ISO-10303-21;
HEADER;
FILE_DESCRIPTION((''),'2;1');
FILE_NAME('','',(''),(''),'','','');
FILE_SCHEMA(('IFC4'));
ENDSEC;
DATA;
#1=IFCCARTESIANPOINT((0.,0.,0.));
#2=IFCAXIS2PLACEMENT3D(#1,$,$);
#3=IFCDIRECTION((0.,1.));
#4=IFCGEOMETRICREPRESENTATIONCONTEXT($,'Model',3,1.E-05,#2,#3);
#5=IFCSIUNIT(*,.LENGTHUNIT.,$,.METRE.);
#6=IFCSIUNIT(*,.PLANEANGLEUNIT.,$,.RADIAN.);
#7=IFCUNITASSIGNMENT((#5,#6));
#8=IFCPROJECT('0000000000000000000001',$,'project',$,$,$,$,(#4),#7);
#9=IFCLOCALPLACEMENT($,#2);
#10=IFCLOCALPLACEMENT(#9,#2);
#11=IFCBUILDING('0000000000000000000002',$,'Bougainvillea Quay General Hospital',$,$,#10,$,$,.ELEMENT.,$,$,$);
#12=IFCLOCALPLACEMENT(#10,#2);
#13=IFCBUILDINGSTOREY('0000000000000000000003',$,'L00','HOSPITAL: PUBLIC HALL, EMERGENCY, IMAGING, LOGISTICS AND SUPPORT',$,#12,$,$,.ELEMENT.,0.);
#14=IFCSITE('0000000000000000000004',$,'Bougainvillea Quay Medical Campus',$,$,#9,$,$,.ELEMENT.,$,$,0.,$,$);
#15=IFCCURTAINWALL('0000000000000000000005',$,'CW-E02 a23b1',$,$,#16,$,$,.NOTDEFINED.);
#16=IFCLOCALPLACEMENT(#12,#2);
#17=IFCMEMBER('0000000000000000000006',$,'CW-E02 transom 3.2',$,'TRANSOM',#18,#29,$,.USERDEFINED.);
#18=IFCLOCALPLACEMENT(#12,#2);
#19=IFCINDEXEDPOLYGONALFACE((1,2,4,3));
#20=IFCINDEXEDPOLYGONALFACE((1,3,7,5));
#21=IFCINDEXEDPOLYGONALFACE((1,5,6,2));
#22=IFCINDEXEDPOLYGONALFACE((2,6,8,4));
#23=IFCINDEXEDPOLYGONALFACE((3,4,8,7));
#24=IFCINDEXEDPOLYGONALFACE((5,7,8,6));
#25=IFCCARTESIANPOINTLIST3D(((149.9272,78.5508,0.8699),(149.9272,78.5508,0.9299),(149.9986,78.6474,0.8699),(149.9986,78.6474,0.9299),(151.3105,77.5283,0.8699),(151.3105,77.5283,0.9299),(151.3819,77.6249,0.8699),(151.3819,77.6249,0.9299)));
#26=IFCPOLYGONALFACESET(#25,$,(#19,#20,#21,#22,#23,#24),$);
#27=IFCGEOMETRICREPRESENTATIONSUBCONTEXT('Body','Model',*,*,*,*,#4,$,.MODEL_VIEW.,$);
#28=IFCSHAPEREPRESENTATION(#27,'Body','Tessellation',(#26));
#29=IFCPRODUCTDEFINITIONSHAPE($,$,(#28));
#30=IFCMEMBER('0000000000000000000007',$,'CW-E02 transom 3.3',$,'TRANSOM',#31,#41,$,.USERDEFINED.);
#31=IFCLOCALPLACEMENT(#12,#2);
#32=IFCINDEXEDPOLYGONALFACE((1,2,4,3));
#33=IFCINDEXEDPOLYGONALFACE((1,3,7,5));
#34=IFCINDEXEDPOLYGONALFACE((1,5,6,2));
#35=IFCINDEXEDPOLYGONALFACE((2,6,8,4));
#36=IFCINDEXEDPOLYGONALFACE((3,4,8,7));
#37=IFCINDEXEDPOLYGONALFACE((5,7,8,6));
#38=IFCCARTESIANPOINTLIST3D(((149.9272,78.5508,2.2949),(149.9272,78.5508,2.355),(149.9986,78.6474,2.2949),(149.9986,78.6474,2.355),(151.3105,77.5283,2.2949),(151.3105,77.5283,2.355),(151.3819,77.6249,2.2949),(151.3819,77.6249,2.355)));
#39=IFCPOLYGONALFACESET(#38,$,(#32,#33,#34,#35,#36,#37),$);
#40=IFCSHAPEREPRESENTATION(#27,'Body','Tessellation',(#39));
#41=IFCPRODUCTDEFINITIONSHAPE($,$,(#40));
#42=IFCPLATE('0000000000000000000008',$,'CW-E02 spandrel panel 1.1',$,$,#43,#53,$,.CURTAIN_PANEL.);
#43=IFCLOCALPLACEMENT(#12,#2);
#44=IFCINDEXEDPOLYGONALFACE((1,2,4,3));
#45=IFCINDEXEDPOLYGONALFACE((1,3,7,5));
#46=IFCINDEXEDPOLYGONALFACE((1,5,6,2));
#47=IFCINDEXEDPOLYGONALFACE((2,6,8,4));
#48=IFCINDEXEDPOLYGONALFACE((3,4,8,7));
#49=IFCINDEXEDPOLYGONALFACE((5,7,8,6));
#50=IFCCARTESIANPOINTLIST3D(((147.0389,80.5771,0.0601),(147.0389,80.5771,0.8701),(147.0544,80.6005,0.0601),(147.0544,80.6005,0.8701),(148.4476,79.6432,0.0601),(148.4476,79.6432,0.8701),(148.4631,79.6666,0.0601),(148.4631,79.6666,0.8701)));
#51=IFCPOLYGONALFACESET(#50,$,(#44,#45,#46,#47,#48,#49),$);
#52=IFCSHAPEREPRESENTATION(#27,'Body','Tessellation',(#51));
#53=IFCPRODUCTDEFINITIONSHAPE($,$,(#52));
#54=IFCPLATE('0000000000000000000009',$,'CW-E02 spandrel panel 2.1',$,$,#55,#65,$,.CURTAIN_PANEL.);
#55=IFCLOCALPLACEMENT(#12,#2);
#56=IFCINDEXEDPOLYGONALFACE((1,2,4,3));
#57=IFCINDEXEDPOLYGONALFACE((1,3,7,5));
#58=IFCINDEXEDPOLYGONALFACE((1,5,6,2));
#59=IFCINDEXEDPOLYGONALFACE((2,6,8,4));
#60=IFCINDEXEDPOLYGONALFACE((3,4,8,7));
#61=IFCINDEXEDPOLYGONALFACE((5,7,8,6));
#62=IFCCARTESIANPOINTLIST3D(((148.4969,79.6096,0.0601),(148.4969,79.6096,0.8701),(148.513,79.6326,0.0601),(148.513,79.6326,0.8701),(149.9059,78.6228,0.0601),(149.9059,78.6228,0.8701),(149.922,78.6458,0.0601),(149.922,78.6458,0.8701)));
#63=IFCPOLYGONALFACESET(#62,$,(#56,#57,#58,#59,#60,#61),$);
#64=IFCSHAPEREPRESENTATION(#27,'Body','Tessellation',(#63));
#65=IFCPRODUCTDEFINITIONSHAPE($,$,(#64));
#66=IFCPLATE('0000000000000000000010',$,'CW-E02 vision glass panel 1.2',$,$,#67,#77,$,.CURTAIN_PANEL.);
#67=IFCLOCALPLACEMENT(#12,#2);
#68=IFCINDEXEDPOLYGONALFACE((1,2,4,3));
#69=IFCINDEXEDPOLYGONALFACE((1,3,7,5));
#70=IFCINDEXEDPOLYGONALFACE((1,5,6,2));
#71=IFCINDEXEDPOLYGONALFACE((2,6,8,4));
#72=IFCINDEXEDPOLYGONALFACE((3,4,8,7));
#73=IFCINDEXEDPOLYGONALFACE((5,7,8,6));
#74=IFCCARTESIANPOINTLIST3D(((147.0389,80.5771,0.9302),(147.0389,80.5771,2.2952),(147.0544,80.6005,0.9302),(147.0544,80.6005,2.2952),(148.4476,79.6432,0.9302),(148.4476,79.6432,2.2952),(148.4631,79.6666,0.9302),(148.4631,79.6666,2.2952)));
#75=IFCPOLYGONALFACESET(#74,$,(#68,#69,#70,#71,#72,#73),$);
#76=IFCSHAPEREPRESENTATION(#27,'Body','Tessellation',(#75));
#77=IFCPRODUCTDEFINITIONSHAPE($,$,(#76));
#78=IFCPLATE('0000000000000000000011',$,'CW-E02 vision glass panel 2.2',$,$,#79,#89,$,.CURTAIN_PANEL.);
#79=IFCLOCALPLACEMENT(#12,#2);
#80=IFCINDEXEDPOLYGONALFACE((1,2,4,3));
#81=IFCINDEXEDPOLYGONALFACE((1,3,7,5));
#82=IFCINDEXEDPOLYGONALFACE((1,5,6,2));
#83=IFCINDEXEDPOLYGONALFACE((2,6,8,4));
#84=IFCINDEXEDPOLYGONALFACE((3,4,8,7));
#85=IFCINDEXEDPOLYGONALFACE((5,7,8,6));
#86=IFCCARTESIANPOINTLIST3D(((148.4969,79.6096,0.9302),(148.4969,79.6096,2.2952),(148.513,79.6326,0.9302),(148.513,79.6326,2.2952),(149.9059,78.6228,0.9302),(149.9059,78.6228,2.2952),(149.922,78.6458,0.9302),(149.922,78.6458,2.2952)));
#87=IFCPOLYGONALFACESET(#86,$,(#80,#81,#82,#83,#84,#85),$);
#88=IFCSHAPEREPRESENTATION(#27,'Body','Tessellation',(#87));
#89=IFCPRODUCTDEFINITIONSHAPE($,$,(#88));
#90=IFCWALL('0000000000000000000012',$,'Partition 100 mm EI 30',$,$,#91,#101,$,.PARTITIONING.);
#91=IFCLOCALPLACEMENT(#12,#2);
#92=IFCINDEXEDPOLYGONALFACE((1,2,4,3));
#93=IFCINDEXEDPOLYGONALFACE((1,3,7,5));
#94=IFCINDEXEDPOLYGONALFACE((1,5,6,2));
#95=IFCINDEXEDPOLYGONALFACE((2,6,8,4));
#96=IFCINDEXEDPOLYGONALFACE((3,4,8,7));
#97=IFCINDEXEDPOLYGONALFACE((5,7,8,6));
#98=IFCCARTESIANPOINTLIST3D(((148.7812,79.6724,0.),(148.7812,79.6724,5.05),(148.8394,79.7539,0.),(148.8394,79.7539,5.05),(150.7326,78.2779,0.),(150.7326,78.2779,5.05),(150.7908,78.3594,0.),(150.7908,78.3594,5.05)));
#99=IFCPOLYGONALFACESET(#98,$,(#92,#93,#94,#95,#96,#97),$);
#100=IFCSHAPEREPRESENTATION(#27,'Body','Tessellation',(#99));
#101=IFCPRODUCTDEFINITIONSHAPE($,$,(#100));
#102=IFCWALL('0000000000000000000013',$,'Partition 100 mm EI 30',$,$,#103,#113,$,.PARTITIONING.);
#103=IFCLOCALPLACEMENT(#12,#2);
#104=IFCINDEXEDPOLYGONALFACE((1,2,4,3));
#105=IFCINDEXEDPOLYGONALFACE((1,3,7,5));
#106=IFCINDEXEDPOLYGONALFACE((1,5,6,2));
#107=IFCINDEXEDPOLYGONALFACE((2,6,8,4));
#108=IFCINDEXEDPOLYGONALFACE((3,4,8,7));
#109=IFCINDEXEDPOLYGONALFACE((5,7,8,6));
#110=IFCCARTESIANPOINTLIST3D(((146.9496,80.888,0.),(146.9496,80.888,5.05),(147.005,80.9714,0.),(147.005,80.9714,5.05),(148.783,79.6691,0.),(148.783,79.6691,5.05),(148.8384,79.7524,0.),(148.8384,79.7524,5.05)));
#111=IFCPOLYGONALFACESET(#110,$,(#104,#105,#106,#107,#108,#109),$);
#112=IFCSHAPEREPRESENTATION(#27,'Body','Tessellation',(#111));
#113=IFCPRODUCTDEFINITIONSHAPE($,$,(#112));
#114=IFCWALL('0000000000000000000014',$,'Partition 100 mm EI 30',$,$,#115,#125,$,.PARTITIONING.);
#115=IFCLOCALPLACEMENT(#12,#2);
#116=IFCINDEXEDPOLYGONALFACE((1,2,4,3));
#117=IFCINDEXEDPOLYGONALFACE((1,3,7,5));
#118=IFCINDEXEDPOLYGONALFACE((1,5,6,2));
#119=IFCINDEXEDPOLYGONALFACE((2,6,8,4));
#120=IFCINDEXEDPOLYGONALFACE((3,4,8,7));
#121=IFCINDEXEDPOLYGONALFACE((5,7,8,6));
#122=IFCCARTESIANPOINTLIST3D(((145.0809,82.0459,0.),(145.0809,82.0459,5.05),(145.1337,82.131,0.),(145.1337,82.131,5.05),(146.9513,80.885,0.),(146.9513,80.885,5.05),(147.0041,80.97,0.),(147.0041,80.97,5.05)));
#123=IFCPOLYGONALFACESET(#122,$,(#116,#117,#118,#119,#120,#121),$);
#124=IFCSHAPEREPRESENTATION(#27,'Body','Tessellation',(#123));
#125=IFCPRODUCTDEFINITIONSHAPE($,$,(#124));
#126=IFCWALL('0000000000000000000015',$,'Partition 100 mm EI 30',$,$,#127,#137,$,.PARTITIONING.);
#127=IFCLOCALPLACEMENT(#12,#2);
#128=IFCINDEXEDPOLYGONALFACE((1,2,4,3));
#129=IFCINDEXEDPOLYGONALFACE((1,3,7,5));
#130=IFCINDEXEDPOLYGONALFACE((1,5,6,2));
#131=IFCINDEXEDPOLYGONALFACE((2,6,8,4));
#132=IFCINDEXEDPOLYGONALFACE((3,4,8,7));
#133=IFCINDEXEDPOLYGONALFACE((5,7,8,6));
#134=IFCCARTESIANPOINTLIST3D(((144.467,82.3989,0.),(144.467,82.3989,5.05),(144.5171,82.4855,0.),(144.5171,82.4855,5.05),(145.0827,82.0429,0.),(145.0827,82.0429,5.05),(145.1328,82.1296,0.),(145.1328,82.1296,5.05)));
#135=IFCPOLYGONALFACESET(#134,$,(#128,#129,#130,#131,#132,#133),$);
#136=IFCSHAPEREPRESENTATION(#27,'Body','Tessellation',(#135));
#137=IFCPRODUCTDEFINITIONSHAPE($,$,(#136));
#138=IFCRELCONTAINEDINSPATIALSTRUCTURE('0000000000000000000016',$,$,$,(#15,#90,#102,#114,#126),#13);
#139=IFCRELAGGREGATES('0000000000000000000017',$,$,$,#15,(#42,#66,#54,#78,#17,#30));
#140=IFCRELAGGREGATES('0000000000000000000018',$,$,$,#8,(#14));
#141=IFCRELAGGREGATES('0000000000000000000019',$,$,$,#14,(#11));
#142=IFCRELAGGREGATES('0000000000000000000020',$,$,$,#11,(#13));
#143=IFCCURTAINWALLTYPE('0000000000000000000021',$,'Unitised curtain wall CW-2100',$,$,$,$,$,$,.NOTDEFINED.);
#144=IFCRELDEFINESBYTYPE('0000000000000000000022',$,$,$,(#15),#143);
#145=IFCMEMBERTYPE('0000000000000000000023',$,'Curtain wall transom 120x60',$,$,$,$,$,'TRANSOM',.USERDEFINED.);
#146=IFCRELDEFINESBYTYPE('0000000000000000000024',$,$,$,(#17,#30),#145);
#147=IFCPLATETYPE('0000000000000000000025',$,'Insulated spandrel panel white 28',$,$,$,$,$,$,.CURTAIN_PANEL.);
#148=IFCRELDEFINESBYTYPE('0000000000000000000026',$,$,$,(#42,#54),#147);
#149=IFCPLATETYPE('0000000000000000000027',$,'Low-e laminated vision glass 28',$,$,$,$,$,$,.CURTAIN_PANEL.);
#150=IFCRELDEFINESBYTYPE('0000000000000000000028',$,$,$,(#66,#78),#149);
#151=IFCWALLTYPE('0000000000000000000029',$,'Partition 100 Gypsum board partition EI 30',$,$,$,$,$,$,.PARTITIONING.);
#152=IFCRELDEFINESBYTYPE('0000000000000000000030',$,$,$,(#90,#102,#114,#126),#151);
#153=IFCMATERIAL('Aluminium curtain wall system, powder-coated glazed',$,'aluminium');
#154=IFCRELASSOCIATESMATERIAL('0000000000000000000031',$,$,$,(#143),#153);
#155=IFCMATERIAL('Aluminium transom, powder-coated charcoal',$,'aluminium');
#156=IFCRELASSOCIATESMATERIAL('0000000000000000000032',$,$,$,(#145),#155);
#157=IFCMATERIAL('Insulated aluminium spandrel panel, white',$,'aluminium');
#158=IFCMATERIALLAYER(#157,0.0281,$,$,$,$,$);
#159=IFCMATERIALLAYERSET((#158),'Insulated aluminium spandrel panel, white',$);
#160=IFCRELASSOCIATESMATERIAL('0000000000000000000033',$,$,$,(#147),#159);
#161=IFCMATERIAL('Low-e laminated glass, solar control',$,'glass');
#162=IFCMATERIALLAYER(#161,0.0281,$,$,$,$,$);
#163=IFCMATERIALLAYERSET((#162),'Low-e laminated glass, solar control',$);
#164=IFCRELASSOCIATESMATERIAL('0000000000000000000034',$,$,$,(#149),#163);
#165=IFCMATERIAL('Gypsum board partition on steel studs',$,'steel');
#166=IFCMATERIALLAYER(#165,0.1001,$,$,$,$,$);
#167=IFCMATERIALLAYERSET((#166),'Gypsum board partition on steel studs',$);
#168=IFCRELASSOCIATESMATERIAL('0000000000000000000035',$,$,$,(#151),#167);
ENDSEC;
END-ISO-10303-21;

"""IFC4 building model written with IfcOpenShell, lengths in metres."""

from ifc_helpers import new_model, si_unit, direction, frame, frame_2d, origin, origin_2d, place, context, subcontext, project, spatial, rectangle, extrude, material, layer, layer_set, material_profile, profile_set, type_object, element, aggregate, save


model = new_model("IFC4")

# Units and contexts
model_context = context("Model", 3, precision=1e-05, world=origin(), true_north=direction((0.0, 1.0)))
body_context = subcontext(model_context, "Body", "Model", "MODEL_VIEW")
ifc_project = project(units=[si_unit("LENGTHUNIT", "METRE"), si_unit("PLANEANGLEUNIT", "RADIAN")], contexts=[model_context])

# Site, building, storey
site_placement = place(None, origin())
site = spatial("IfcSite", under=ifc_project, at=site_placement, Name="Bougainvillea Quay Medical Campus", CompositionType="ELEMENT", RefElevation=0.0)
building_placement = place(site_placement, origin())
building = spatial("IfcBuilding", under=site, at=building_placement, Name="Bougainvillea Quay General Hospital", CompositionType="ELEMENT")
storey_placement = place(building_placement, origin())
storey = spatial("IfcBuildingStorey", under=building, at=storey_placement, Name="L00", Description="HOSPITAL: PUBLIC HALL, EMERGENCY, IMAGING, LOGISTICS AND SUPPORT", CompositionType="ELEMENT", Elevation=0.0)

# Curtain wall, members, plates
ifc_material_1 = material(Name="Aluminium curtain wall system, powder-coated glazed", Category="aluminium")
curtain_wall_type = type_object("IfcCurtainWallType", Name="Unitised curtain wall CW-2100", PredefinedType="NOTDEFINED", material=ifc_material_1)
curtain_wall_placement = place(storey_placement, origin())
curtain_wall = element("IfcCurtainWall", 1, at=curtain_wall_placement, inside=storey, type_object=curtain_wall_type, Name="CW-E02 a23b1", PredefinedType="NOTDEFINED")
ifc_material_2 = material(Name="Aluminium transom, powder-coated charcoal", Category="aluminium")
ifc_material_profile_1 = material_profile(ifc_material_2, rectangle(XDim=0.1201, YDim=0.0601, at=origin_2d()))
ifc_profile_set_1 = profile_set([ifc_material_profile_1], Name="Aluminium transom, powder-coated charcoal")
member_type_1 = type_object("IfcMemberType", Name="Curtain wall transom 120x60", ElementType="TRANSOM", PredefinedType="USERDEFINED", material=ifc_profile_set_1)
member_1_placement = place(storey_placement, frame((149.9629, 78.5991, 0.8999), z_axis=(0.80417, -0.594399, 0.0), x_axis=(0.594399, 0.80417, 0.0)))
member_1 = element("IfcMember", 2, at=member_1_placement, type_object=member_type_1, Name="CW-E02 transom 3.2", ObjectType="TRANSOM", PredefinedType="USERDEFINED", context=body_context, shape_type="SweptSolid", body=[
    extrude(rectangle(XDim=0.1201, YDim=0.0601, at=origin_2d()), origin(), (0.0, 0.0, 1.0), 1.7202),
])
member_2_placement = place(storey_placement, frame((149.9629, 78.5991, 2.325), z_axis=(0.80417, -0.594399, 0.0), x_axis=(0.594399, 0.80417, 0.0)))
member_2 = element("IfcMember", 3, at=member_2_placement, type_object=member_type_1, Name="CW-E02 transom 3.3", ObjectType="TRANSOM", PredefinedType="USERDEFINED", context=body_context, shape_type="SweptSolid", body=[
    extrude(rectangle(XDim=0.1201, YDim=0.0601, at=origin_2d()), origin(), (0.0, 0.0, 1.0), 1.7202),
])
ifc_material_3 = material(Name="Insulated aluminium spandrel panel, white", Category="aluminium")
ifc_layer_1 = layer(ifc_material_3, 0.0281)
ifc_layer_set_1 = layer_set([ifc_layer_1], Name="Insulated aluminium spandrel panel, white")
plate_type_1 = type_object("IfcPlateType", Name="Insulated spandrel panel white 28", PredefinedType="CURTAIN_PANEL", material=ifc_layer_set_1)
plate_1_placement = place(storey_placement, frame((147.751, 80.1218, 0.0601), z_axis=(0.0, 0.0, 1.0), x_axis=(0.833469, -0.552566, 0.0)))
plate_1 = element("IfcPlate", 4, at=plate_1_placement, type_object=plate_type_1, Name="CW-E02 spandrel panel 1.1", PredefinedType="CURTAIN_PANEL", context=body_context, shape_type="SweptSolid", body=[
    extrude(rectangle(XDim=1.6902, YDim=0.0281, at=origin_2d()), origin(), (0.0, 0.0, 1.0), 0.8101),
])
plate_2_placement = place(storey_placement, frame((149.2095, 79.1277, 0.0601), z_axis=(0.0, 0.0, 1.0), x_axis=(0.819096, -0.573656, 0.0)))
plate_2 = element("IfcPlate", 5, at=plate_2_placement, type_object=plate_type_1, Name="CW-E02 spandrel panel 2.1", PredefinedType="CURTAIN_PANEL", context=body_context, shape_type="SweptSolid", body=[
    extrude(rectangle(XDim=1.7202, YDim=0.0281, at=origin_2d()), origin(), (0.0, 0.0, 1.0), 0.8101),
])
ifc_material_4 = material(Name="Low-e laminated glass, solar control", Category="glass")
ifc_layer_2 = layer(ifc_material_4, 0.0281)
ifc_layer_set_2 = layer_set([ifc_layer_2], Name="Low-e laminated glass, solar control")
plate_type_2 = type_object("IfcPlateType", Name="Low-e laminated vision glass 28", PredefinedType="CURTAIN_PANEL", material=ifc_layer_set_2)
plate_3_placement = place(storey_placement, frame((147.751, 80.1218, 0.9302), z_axis=(0.0, 0.0, 1.0), x_axis=(0.833469, -0.552566, 0.0)))
plate_3 = element("IfcPlate", 6, at=plate_3_placement, type_object=plate_type_2, Name="CW-E02 vision glass panel 1.2", PredefinedType="CURTAIN_PANEL", context=body_context, shape_type="SweptSolid", body=[
    extrude(rectangle(XDim=1.6902, YDim=0.0281, at=origin_2d()), origin(), (0.0, 0.0, 1.0), 1.365),
])
plate_4_placement = place(storey_placement, frame((149.2095, 79.1277, 0.9302), z_axis=(0.0, 0.0, 1.0), x_axis=(0.819096, -0.573656, 0.0)))
plate_4 = element("IfcPlate", 7, at=plate_4_placement, type_object=plate_type_2, Name="CW-E02 vision glass panel 2.2", PredefinedType="CURTAIN_PANEL", context=body_context, shape_type="SweptSolid", body=[
    extrude(rectangle(XDim=1.7202, YDim=0.0281, at=origin_2d()), origin(), (0.0, 0.0, 1.0), 1.365),
])
aggregate(curtain_wall, [plate_1, plate_3, plate_2, plate_4, member_1, member_2])

# Walls
ifc_material_5 = material(Name="Gypsum board partition on steel studs", Category="steel")
ifc_layer_3 = layer(ifc_material_5, 0.1001)
ifc_layer_set_3 = layer_set([ifc_layer_3], Name="Gypsum board partition on steel studs")
wall_type = type_object("IfcWallType", Name="Partition 100 Gypsum board partition EI 30", PredefinedType="PARTITIONING", material=ifc_layer_set_3)
wall_1_placement = place(storey_placement, frame((148.8103, 79.7131, 0.0), z_axis=(0.0, 0.0, 1.0), x_axis=(0.813603, -0.581421, 0.0)))
element("IfcWall", 8, at=wall_1_placement, inside=storey, type_object=wall_type, Name="Partition 100 mm EI 30", PredefinedType="PARTITIONING", context=body_context, shape_type="SweptSolid", body=[
    extrude(rectangle(XDim=2.3984, YDim=0.1001, at=frame_2d((1.1992, 0.0))), origin(), (0.0, 0.0, 1.0), 5.05),
])
wall_2_placement = place(storey_placement, frame((146.9773, 80.9297, 0.0), z_axis=(0.0, 0.0, 1.0), x_axis=(0.832749, -0.553651, 0.0)))
element("IfcWall", 9, at=wall_2_placement, inside=storey, type_object=wall_type, Name="Partition 100 mm EI 30", PredefinedType="PARTITIONING", context=body_context, shape_type="SweptSolid", body=[
    extrude(rectangle(XDim=2.2017, YDim=0.1001, at=frame_2d((1.1008, 0.0))), origin(), (0.0, 0.0, 1.0), 5.05),
])
wall_3_placement = place(storey_placement, frame((145.1074, 82.0884, 0.0), z_axis=(0.0, 0.0, 1.0), x_axis=(0.849645, -0.527355, 0.0)))
element("IfcWall", 10, at=wall_3_placement, inside=storey, type_object=wall_type, Name="Partition 100 mm EI 30", PredefinedType="PARTITIONING", context=body_context, shape_type="SweptSolid", body=[
    extrude(rectangle(XDim=2.2014, YDim=0.1001, at=frame_2d((1.1006, 0.0))), origin(), (0.0, 0.0, 1.0), 5.05),
])
wall_4_placement = place(storey_placement, frame((144.4922, 82.4421, 0.0), z_axis=(0.0, 0.0, 1.0), x_axis=(0.865739, -0.500495, 0.0)))
element("IfcWall", 11, at=wall_4_placement, inside=storey, type_object=wall_type, Name="Partition 100 mm EI 30", PredefinedType="PARTITIONING", context=body_context, shape_type="SweptSolid", body=[
    extrude(rectangle(XDim=0.7112, YDim=0.1001, at=frame_2d((0.3555, 0.0))), origin(), (0.0, 0.0, 1.0), 5.05),
])

save(model, "model.ifc")
